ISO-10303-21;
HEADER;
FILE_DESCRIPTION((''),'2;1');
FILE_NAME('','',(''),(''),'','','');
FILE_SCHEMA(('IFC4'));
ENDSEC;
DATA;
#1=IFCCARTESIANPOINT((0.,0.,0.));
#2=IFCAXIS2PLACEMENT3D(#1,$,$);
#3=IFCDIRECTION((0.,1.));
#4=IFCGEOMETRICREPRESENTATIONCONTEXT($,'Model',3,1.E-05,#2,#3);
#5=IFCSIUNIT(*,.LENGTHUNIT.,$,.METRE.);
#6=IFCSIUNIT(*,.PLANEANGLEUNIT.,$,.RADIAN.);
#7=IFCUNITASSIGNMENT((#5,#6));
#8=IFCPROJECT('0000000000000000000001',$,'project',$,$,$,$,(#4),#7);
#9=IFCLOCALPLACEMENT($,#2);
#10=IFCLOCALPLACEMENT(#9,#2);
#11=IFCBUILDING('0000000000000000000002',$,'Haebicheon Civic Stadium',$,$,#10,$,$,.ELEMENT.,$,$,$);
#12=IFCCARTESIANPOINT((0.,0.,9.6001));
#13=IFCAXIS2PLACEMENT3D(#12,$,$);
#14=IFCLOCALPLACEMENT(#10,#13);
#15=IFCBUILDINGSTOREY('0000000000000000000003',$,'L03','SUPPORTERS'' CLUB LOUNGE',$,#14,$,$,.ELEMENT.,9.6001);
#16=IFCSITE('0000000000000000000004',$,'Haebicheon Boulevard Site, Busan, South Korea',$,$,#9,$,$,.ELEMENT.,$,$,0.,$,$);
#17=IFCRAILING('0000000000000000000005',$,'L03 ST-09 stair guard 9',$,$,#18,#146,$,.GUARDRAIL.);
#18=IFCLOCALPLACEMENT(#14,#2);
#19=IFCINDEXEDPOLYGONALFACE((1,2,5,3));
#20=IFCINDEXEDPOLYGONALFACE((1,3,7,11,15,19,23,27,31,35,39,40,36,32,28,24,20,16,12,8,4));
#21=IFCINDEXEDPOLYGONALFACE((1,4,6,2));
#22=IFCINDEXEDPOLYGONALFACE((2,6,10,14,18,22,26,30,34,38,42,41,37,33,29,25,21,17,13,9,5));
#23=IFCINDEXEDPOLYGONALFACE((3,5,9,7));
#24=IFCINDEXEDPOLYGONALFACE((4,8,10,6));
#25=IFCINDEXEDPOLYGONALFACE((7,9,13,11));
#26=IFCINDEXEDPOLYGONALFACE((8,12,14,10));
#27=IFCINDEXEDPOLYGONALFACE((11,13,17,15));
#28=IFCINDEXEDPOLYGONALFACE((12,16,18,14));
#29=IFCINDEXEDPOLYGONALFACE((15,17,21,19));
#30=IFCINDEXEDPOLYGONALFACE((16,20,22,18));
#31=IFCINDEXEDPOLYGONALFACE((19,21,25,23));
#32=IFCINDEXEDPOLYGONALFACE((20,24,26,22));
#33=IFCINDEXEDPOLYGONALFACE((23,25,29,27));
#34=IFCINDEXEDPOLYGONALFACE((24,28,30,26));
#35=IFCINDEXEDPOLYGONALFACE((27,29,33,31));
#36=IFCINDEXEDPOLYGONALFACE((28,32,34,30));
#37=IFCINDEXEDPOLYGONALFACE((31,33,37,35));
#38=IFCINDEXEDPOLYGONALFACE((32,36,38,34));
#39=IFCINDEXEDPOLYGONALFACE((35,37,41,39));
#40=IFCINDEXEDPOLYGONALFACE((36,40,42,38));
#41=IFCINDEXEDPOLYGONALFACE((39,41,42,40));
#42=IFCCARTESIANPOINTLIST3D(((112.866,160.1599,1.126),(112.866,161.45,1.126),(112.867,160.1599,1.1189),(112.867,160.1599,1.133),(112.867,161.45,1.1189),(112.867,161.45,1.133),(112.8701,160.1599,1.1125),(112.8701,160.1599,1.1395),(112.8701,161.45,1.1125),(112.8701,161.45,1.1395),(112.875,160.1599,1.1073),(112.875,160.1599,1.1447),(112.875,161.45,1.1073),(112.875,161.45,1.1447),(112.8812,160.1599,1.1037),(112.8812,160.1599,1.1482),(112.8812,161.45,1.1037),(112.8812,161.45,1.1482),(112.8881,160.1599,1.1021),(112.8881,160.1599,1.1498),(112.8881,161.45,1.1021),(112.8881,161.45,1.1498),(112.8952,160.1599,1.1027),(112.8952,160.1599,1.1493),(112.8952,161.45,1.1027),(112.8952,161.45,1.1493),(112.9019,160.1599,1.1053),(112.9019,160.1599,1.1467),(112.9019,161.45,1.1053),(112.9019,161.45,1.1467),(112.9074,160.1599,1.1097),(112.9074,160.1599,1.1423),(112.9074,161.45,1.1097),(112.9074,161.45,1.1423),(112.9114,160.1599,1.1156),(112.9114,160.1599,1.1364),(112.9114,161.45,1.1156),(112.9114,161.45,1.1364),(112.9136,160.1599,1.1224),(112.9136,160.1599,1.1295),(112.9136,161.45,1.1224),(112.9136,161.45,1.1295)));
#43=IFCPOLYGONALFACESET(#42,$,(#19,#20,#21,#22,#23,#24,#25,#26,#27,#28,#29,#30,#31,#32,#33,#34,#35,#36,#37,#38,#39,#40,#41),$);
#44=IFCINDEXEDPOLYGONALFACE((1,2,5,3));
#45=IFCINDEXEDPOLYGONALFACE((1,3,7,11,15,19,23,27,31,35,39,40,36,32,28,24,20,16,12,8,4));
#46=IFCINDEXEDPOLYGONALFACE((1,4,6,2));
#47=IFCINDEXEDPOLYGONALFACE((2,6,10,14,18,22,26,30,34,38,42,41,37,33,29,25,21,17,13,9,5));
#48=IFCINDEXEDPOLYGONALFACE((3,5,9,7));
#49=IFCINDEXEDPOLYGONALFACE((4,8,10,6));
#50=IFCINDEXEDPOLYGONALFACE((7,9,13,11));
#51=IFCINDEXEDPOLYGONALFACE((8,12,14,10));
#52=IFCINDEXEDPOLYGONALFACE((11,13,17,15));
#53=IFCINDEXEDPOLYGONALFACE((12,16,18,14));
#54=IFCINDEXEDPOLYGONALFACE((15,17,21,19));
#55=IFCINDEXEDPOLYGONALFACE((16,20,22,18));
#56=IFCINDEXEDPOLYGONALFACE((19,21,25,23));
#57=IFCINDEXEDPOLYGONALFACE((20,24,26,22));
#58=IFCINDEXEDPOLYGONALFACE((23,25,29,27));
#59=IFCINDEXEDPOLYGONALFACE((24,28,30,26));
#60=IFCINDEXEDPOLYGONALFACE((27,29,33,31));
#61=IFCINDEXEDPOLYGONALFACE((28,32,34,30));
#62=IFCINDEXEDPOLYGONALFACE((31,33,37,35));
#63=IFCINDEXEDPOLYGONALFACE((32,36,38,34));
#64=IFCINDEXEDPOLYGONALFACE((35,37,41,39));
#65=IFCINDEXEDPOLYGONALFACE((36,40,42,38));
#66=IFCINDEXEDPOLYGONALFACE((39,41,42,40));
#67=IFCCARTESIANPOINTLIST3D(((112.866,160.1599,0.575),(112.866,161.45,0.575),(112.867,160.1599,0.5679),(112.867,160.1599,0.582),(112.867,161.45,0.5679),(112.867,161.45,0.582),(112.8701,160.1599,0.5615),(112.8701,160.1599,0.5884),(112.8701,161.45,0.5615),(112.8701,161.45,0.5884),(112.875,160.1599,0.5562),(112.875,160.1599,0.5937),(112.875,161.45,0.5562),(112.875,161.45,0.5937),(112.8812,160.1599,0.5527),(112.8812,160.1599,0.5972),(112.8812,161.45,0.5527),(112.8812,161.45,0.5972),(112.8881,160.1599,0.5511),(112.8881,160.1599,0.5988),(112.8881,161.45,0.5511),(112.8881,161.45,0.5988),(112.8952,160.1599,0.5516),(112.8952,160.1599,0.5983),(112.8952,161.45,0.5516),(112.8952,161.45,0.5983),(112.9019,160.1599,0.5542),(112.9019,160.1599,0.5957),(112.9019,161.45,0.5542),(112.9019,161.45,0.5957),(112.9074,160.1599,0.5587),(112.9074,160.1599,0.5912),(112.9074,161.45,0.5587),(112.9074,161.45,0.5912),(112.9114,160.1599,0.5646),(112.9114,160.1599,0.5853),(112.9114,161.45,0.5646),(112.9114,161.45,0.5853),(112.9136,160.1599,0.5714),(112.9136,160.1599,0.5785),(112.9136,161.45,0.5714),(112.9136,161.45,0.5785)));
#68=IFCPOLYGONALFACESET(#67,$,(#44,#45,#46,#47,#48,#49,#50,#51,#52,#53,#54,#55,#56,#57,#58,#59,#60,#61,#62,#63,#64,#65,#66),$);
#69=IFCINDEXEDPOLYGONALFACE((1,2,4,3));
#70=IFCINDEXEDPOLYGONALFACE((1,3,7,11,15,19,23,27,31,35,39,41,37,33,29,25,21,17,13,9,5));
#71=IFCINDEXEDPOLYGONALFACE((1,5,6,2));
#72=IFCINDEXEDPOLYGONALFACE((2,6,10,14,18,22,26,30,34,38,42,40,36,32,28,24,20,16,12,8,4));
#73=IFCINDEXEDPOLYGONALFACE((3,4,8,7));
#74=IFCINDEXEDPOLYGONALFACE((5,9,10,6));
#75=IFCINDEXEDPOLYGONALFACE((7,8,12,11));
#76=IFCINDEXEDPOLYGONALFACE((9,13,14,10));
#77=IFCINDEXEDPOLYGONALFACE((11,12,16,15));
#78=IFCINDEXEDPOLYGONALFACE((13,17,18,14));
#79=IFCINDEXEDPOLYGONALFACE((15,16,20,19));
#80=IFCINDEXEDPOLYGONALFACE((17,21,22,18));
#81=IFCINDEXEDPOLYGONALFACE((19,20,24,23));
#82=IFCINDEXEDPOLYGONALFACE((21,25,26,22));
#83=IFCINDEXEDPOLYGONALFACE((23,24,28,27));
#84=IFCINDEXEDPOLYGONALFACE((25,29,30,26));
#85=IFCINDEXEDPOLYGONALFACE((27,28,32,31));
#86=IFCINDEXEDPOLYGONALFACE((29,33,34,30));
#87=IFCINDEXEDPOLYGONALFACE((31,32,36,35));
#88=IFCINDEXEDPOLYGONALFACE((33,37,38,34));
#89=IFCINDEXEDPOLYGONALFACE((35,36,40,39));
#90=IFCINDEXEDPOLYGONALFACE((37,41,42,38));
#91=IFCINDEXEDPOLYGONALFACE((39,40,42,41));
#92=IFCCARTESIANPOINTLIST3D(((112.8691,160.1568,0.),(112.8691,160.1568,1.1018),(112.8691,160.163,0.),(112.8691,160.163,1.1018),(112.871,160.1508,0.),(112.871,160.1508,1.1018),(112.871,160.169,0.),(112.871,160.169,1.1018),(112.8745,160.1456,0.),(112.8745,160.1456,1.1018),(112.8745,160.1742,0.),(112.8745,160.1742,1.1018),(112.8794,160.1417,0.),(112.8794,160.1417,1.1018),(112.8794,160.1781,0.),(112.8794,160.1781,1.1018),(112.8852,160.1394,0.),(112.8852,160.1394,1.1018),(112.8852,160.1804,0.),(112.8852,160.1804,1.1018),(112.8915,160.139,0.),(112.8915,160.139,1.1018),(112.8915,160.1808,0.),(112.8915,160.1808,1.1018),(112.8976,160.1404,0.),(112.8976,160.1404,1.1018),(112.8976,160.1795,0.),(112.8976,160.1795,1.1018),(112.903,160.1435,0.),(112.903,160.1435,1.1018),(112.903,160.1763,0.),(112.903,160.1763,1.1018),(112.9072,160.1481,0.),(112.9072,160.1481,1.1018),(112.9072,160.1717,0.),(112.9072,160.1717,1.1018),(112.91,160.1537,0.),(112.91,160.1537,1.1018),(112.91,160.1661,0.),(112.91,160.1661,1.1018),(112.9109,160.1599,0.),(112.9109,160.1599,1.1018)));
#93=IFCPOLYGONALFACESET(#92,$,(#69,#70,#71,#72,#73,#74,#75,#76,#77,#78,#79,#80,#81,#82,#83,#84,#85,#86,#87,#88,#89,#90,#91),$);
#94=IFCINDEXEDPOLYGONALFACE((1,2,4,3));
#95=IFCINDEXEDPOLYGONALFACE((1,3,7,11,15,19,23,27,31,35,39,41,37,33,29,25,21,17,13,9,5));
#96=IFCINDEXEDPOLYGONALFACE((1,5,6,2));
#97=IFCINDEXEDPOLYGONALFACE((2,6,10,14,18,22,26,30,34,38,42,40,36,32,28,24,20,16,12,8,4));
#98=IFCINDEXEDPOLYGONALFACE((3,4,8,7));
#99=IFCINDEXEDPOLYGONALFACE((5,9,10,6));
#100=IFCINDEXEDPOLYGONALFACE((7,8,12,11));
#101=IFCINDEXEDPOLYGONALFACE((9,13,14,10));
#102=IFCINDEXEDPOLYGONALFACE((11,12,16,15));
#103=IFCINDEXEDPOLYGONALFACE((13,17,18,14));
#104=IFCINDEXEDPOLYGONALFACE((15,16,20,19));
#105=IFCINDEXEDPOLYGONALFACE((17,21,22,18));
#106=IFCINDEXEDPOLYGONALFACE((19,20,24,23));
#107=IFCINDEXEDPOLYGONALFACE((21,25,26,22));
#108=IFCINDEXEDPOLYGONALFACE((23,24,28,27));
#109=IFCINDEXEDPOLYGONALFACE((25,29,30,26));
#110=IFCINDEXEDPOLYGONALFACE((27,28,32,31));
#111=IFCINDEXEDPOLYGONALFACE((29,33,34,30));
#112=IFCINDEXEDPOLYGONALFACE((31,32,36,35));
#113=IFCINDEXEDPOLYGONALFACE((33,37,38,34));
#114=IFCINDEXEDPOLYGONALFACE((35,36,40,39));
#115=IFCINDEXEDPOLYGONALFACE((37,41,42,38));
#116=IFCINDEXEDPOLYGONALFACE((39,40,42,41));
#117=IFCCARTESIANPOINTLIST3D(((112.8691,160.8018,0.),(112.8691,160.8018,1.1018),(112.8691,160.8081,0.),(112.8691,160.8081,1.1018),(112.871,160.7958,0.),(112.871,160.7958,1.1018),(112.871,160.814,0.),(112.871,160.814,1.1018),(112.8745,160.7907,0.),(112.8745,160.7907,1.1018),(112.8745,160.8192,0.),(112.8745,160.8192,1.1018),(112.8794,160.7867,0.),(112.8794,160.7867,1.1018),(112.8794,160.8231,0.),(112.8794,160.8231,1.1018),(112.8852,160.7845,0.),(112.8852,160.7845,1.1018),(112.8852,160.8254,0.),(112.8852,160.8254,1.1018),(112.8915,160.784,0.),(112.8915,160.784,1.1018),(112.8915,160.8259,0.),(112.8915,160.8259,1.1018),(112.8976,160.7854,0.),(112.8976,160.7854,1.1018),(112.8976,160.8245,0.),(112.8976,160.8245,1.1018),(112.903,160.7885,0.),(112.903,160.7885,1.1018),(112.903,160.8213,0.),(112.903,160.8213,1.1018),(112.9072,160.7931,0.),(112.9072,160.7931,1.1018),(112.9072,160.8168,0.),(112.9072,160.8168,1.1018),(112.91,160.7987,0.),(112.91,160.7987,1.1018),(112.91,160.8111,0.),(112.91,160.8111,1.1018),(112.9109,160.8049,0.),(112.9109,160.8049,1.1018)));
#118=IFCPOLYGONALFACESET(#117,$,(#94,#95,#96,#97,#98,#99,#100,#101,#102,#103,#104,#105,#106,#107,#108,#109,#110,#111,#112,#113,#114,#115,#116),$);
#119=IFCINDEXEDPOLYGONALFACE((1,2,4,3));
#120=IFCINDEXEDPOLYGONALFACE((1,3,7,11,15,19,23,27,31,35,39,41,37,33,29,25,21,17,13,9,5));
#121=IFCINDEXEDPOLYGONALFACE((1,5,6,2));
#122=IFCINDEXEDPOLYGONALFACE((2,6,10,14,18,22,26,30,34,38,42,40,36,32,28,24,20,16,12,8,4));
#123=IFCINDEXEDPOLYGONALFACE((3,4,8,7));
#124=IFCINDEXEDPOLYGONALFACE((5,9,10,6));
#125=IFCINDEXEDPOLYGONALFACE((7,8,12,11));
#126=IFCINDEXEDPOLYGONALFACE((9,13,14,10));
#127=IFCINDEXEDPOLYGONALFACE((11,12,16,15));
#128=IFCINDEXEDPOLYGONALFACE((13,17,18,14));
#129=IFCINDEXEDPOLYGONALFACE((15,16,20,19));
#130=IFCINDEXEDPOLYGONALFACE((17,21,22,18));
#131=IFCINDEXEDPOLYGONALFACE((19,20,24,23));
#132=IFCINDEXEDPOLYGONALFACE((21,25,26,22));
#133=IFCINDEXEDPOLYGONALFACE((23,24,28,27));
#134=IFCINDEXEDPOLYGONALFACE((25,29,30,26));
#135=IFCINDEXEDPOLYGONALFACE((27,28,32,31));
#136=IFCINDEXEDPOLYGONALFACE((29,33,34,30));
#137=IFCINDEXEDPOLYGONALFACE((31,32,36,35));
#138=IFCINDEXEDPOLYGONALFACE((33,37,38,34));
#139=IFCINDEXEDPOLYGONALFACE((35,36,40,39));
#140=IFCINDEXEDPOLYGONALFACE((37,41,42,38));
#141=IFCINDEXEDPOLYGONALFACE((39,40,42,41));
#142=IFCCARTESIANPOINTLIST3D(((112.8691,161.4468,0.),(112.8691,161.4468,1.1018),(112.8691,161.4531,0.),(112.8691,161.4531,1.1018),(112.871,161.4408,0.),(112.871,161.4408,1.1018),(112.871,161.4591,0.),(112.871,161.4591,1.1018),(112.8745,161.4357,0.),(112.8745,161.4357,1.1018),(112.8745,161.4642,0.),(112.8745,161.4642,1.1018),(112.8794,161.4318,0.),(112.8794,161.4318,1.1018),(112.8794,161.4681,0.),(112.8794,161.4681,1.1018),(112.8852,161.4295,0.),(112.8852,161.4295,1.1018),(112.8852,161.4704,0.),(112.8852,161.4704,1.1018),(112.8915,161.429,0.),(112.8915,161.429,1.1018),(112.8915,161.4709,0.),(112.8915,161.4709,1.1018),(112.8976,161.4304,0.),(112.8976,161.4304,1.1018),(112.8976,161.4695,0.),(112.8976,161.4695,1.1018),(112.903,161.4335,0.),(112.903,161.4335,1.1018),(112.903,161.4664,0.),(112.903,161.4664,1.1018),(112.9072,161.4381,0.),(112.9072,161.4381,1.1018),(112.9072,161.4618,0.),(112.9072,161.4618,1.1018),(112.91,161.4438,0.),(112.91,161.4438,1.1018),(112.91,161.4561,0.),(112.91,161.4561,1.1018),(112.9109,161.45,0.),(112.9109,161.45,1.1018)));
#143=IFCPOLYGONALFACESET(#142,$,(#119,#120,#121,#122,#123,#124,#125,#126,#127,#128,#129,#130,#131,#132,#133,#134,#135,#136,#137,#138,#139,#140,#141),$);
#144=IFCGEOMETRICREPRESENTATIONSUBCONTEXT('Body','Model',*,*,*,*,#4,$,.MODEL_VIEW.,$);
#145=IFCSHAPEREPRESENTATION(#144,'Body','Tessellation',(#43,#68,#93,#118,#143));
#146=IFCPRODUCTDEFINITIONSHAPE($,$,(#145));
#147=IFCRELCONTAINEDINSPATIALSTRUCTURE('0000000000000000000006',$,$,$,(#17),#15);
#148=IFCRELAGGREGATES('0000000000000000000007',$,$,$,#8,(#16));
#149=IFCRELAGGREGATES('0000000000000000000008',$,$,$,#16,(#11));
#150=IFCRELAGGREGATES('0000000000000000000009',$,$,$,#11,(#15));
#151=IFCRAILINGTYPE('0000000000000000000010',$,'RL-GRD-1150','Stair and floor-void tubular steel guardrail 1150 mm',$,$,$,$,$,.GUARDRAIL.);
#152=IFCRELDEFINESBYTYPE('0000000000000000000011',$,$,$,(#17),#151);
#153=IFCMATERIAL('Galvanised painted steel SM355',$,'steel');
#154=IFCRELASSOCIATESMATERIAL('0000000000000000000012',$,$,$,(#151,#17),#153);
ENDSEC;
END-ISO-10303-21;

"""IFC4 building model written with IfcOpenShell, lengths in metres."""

from ifc_helpers import new_model, si_unit, direction, frame, origin, origin_2d, place, context, subcontext, project, spatial, circle, extrude, material, type_object, element, save


model = new_model("IFC4")

# Units and contexts
model_context = context("Model", 3, precision=1e-05, world=origin(), true_north=direction((0.0, 1.0)))
body_context = subcontext(model_context, "Body", "Model", "MODEL_VIEW")
ifc_project = project(units=[si_unit("LENGTHUNIT", "METRE"), si_unit("PLANEANGLEUNIT", "RADIAN")], contexts=[model_context])

# Site, building, storey
site_placement = place(None, origin())
site = spatial("IfcSite", under=ifc_project, at=site_placement, Name="Haebicheon Boulevard Site, Busan, South Korea", CompositionType="ELEMENT", RefElevation=0.0)
building_placement = place(site_placement, origin())
building = spatial("IfcBuilding", under=site, at=building_placement, Name="Haebicheon Civic Stadium", CompositionType="ELEMENT")
storey_placement = place(building_placement, frame((0.0, 0.0, 9.6001)))
storey = spatial("IfcBuildingStorey", under=building, at=storey_placement, Name="L03", Description="SUPPORTERS' CLUB LOUNGE", CompositionType="ELEMENT", Elevation=9.6001)

# Railing
ifc_material_1 = material(Name="Galvanised painted steel SM355", Category="steel")
railing_type_1 = type_object("IfcRailingType", Name="RL-GRD-1150", Description="Stair and floor-void tubular steel guardrail 1150 mm", PredefinedType="GUARDRAIL", material=ifc_material_1)
for number, where, name in (
    (1, (112.8899, 160.1599, 0.0), "L03 ST-09 stair guard 9"),
):
    element("IfcRailing", number, at=place(storey_placement, frame(where)), inside=storey, type_object=railing_type_1, material=ifc_material_1, Name=name, PredefinedType="GUARDRAIL", context=body_context, shape_type="SweptSolid", body=[
        extrude(circle(Radius=0.0239, at=origin_2d()), frame((0.0, 0.0, 1.126), z_axis=(0.0, 1.0, 0.0), x_axis=(-1.0, 0.0, 0.0)), (0.0, 0.0, 1.0), 1.29),
        extrude(circle(Radius=0.0239, at=origin_2d()), frame((0.0, 0.0, 0.575), z_axis=(0.0, 1.0, 0.0), x_axis=(-1.0, 0.0, 0.0)), (0.0, 0.0, 1.0), 1.29),
        extrude(circle(Radius=0.021, at=origin_2d()), origin(), (0.0, 0.0, 1.0), 1.1018),
        extrude(circle(Radius=0.021, at=origin_2d()), frame((0.0, 0.645, 0.0)), (0.0, 0.0, 1.0), 1.1018),
        extrude(circle(Radius=0.021, at=origin_2d()), frame((0.0, 1.29, 0.0)), (0.0, 0.0, 1.0), 1.1018),
    ])

save(model, "model.ifc")
